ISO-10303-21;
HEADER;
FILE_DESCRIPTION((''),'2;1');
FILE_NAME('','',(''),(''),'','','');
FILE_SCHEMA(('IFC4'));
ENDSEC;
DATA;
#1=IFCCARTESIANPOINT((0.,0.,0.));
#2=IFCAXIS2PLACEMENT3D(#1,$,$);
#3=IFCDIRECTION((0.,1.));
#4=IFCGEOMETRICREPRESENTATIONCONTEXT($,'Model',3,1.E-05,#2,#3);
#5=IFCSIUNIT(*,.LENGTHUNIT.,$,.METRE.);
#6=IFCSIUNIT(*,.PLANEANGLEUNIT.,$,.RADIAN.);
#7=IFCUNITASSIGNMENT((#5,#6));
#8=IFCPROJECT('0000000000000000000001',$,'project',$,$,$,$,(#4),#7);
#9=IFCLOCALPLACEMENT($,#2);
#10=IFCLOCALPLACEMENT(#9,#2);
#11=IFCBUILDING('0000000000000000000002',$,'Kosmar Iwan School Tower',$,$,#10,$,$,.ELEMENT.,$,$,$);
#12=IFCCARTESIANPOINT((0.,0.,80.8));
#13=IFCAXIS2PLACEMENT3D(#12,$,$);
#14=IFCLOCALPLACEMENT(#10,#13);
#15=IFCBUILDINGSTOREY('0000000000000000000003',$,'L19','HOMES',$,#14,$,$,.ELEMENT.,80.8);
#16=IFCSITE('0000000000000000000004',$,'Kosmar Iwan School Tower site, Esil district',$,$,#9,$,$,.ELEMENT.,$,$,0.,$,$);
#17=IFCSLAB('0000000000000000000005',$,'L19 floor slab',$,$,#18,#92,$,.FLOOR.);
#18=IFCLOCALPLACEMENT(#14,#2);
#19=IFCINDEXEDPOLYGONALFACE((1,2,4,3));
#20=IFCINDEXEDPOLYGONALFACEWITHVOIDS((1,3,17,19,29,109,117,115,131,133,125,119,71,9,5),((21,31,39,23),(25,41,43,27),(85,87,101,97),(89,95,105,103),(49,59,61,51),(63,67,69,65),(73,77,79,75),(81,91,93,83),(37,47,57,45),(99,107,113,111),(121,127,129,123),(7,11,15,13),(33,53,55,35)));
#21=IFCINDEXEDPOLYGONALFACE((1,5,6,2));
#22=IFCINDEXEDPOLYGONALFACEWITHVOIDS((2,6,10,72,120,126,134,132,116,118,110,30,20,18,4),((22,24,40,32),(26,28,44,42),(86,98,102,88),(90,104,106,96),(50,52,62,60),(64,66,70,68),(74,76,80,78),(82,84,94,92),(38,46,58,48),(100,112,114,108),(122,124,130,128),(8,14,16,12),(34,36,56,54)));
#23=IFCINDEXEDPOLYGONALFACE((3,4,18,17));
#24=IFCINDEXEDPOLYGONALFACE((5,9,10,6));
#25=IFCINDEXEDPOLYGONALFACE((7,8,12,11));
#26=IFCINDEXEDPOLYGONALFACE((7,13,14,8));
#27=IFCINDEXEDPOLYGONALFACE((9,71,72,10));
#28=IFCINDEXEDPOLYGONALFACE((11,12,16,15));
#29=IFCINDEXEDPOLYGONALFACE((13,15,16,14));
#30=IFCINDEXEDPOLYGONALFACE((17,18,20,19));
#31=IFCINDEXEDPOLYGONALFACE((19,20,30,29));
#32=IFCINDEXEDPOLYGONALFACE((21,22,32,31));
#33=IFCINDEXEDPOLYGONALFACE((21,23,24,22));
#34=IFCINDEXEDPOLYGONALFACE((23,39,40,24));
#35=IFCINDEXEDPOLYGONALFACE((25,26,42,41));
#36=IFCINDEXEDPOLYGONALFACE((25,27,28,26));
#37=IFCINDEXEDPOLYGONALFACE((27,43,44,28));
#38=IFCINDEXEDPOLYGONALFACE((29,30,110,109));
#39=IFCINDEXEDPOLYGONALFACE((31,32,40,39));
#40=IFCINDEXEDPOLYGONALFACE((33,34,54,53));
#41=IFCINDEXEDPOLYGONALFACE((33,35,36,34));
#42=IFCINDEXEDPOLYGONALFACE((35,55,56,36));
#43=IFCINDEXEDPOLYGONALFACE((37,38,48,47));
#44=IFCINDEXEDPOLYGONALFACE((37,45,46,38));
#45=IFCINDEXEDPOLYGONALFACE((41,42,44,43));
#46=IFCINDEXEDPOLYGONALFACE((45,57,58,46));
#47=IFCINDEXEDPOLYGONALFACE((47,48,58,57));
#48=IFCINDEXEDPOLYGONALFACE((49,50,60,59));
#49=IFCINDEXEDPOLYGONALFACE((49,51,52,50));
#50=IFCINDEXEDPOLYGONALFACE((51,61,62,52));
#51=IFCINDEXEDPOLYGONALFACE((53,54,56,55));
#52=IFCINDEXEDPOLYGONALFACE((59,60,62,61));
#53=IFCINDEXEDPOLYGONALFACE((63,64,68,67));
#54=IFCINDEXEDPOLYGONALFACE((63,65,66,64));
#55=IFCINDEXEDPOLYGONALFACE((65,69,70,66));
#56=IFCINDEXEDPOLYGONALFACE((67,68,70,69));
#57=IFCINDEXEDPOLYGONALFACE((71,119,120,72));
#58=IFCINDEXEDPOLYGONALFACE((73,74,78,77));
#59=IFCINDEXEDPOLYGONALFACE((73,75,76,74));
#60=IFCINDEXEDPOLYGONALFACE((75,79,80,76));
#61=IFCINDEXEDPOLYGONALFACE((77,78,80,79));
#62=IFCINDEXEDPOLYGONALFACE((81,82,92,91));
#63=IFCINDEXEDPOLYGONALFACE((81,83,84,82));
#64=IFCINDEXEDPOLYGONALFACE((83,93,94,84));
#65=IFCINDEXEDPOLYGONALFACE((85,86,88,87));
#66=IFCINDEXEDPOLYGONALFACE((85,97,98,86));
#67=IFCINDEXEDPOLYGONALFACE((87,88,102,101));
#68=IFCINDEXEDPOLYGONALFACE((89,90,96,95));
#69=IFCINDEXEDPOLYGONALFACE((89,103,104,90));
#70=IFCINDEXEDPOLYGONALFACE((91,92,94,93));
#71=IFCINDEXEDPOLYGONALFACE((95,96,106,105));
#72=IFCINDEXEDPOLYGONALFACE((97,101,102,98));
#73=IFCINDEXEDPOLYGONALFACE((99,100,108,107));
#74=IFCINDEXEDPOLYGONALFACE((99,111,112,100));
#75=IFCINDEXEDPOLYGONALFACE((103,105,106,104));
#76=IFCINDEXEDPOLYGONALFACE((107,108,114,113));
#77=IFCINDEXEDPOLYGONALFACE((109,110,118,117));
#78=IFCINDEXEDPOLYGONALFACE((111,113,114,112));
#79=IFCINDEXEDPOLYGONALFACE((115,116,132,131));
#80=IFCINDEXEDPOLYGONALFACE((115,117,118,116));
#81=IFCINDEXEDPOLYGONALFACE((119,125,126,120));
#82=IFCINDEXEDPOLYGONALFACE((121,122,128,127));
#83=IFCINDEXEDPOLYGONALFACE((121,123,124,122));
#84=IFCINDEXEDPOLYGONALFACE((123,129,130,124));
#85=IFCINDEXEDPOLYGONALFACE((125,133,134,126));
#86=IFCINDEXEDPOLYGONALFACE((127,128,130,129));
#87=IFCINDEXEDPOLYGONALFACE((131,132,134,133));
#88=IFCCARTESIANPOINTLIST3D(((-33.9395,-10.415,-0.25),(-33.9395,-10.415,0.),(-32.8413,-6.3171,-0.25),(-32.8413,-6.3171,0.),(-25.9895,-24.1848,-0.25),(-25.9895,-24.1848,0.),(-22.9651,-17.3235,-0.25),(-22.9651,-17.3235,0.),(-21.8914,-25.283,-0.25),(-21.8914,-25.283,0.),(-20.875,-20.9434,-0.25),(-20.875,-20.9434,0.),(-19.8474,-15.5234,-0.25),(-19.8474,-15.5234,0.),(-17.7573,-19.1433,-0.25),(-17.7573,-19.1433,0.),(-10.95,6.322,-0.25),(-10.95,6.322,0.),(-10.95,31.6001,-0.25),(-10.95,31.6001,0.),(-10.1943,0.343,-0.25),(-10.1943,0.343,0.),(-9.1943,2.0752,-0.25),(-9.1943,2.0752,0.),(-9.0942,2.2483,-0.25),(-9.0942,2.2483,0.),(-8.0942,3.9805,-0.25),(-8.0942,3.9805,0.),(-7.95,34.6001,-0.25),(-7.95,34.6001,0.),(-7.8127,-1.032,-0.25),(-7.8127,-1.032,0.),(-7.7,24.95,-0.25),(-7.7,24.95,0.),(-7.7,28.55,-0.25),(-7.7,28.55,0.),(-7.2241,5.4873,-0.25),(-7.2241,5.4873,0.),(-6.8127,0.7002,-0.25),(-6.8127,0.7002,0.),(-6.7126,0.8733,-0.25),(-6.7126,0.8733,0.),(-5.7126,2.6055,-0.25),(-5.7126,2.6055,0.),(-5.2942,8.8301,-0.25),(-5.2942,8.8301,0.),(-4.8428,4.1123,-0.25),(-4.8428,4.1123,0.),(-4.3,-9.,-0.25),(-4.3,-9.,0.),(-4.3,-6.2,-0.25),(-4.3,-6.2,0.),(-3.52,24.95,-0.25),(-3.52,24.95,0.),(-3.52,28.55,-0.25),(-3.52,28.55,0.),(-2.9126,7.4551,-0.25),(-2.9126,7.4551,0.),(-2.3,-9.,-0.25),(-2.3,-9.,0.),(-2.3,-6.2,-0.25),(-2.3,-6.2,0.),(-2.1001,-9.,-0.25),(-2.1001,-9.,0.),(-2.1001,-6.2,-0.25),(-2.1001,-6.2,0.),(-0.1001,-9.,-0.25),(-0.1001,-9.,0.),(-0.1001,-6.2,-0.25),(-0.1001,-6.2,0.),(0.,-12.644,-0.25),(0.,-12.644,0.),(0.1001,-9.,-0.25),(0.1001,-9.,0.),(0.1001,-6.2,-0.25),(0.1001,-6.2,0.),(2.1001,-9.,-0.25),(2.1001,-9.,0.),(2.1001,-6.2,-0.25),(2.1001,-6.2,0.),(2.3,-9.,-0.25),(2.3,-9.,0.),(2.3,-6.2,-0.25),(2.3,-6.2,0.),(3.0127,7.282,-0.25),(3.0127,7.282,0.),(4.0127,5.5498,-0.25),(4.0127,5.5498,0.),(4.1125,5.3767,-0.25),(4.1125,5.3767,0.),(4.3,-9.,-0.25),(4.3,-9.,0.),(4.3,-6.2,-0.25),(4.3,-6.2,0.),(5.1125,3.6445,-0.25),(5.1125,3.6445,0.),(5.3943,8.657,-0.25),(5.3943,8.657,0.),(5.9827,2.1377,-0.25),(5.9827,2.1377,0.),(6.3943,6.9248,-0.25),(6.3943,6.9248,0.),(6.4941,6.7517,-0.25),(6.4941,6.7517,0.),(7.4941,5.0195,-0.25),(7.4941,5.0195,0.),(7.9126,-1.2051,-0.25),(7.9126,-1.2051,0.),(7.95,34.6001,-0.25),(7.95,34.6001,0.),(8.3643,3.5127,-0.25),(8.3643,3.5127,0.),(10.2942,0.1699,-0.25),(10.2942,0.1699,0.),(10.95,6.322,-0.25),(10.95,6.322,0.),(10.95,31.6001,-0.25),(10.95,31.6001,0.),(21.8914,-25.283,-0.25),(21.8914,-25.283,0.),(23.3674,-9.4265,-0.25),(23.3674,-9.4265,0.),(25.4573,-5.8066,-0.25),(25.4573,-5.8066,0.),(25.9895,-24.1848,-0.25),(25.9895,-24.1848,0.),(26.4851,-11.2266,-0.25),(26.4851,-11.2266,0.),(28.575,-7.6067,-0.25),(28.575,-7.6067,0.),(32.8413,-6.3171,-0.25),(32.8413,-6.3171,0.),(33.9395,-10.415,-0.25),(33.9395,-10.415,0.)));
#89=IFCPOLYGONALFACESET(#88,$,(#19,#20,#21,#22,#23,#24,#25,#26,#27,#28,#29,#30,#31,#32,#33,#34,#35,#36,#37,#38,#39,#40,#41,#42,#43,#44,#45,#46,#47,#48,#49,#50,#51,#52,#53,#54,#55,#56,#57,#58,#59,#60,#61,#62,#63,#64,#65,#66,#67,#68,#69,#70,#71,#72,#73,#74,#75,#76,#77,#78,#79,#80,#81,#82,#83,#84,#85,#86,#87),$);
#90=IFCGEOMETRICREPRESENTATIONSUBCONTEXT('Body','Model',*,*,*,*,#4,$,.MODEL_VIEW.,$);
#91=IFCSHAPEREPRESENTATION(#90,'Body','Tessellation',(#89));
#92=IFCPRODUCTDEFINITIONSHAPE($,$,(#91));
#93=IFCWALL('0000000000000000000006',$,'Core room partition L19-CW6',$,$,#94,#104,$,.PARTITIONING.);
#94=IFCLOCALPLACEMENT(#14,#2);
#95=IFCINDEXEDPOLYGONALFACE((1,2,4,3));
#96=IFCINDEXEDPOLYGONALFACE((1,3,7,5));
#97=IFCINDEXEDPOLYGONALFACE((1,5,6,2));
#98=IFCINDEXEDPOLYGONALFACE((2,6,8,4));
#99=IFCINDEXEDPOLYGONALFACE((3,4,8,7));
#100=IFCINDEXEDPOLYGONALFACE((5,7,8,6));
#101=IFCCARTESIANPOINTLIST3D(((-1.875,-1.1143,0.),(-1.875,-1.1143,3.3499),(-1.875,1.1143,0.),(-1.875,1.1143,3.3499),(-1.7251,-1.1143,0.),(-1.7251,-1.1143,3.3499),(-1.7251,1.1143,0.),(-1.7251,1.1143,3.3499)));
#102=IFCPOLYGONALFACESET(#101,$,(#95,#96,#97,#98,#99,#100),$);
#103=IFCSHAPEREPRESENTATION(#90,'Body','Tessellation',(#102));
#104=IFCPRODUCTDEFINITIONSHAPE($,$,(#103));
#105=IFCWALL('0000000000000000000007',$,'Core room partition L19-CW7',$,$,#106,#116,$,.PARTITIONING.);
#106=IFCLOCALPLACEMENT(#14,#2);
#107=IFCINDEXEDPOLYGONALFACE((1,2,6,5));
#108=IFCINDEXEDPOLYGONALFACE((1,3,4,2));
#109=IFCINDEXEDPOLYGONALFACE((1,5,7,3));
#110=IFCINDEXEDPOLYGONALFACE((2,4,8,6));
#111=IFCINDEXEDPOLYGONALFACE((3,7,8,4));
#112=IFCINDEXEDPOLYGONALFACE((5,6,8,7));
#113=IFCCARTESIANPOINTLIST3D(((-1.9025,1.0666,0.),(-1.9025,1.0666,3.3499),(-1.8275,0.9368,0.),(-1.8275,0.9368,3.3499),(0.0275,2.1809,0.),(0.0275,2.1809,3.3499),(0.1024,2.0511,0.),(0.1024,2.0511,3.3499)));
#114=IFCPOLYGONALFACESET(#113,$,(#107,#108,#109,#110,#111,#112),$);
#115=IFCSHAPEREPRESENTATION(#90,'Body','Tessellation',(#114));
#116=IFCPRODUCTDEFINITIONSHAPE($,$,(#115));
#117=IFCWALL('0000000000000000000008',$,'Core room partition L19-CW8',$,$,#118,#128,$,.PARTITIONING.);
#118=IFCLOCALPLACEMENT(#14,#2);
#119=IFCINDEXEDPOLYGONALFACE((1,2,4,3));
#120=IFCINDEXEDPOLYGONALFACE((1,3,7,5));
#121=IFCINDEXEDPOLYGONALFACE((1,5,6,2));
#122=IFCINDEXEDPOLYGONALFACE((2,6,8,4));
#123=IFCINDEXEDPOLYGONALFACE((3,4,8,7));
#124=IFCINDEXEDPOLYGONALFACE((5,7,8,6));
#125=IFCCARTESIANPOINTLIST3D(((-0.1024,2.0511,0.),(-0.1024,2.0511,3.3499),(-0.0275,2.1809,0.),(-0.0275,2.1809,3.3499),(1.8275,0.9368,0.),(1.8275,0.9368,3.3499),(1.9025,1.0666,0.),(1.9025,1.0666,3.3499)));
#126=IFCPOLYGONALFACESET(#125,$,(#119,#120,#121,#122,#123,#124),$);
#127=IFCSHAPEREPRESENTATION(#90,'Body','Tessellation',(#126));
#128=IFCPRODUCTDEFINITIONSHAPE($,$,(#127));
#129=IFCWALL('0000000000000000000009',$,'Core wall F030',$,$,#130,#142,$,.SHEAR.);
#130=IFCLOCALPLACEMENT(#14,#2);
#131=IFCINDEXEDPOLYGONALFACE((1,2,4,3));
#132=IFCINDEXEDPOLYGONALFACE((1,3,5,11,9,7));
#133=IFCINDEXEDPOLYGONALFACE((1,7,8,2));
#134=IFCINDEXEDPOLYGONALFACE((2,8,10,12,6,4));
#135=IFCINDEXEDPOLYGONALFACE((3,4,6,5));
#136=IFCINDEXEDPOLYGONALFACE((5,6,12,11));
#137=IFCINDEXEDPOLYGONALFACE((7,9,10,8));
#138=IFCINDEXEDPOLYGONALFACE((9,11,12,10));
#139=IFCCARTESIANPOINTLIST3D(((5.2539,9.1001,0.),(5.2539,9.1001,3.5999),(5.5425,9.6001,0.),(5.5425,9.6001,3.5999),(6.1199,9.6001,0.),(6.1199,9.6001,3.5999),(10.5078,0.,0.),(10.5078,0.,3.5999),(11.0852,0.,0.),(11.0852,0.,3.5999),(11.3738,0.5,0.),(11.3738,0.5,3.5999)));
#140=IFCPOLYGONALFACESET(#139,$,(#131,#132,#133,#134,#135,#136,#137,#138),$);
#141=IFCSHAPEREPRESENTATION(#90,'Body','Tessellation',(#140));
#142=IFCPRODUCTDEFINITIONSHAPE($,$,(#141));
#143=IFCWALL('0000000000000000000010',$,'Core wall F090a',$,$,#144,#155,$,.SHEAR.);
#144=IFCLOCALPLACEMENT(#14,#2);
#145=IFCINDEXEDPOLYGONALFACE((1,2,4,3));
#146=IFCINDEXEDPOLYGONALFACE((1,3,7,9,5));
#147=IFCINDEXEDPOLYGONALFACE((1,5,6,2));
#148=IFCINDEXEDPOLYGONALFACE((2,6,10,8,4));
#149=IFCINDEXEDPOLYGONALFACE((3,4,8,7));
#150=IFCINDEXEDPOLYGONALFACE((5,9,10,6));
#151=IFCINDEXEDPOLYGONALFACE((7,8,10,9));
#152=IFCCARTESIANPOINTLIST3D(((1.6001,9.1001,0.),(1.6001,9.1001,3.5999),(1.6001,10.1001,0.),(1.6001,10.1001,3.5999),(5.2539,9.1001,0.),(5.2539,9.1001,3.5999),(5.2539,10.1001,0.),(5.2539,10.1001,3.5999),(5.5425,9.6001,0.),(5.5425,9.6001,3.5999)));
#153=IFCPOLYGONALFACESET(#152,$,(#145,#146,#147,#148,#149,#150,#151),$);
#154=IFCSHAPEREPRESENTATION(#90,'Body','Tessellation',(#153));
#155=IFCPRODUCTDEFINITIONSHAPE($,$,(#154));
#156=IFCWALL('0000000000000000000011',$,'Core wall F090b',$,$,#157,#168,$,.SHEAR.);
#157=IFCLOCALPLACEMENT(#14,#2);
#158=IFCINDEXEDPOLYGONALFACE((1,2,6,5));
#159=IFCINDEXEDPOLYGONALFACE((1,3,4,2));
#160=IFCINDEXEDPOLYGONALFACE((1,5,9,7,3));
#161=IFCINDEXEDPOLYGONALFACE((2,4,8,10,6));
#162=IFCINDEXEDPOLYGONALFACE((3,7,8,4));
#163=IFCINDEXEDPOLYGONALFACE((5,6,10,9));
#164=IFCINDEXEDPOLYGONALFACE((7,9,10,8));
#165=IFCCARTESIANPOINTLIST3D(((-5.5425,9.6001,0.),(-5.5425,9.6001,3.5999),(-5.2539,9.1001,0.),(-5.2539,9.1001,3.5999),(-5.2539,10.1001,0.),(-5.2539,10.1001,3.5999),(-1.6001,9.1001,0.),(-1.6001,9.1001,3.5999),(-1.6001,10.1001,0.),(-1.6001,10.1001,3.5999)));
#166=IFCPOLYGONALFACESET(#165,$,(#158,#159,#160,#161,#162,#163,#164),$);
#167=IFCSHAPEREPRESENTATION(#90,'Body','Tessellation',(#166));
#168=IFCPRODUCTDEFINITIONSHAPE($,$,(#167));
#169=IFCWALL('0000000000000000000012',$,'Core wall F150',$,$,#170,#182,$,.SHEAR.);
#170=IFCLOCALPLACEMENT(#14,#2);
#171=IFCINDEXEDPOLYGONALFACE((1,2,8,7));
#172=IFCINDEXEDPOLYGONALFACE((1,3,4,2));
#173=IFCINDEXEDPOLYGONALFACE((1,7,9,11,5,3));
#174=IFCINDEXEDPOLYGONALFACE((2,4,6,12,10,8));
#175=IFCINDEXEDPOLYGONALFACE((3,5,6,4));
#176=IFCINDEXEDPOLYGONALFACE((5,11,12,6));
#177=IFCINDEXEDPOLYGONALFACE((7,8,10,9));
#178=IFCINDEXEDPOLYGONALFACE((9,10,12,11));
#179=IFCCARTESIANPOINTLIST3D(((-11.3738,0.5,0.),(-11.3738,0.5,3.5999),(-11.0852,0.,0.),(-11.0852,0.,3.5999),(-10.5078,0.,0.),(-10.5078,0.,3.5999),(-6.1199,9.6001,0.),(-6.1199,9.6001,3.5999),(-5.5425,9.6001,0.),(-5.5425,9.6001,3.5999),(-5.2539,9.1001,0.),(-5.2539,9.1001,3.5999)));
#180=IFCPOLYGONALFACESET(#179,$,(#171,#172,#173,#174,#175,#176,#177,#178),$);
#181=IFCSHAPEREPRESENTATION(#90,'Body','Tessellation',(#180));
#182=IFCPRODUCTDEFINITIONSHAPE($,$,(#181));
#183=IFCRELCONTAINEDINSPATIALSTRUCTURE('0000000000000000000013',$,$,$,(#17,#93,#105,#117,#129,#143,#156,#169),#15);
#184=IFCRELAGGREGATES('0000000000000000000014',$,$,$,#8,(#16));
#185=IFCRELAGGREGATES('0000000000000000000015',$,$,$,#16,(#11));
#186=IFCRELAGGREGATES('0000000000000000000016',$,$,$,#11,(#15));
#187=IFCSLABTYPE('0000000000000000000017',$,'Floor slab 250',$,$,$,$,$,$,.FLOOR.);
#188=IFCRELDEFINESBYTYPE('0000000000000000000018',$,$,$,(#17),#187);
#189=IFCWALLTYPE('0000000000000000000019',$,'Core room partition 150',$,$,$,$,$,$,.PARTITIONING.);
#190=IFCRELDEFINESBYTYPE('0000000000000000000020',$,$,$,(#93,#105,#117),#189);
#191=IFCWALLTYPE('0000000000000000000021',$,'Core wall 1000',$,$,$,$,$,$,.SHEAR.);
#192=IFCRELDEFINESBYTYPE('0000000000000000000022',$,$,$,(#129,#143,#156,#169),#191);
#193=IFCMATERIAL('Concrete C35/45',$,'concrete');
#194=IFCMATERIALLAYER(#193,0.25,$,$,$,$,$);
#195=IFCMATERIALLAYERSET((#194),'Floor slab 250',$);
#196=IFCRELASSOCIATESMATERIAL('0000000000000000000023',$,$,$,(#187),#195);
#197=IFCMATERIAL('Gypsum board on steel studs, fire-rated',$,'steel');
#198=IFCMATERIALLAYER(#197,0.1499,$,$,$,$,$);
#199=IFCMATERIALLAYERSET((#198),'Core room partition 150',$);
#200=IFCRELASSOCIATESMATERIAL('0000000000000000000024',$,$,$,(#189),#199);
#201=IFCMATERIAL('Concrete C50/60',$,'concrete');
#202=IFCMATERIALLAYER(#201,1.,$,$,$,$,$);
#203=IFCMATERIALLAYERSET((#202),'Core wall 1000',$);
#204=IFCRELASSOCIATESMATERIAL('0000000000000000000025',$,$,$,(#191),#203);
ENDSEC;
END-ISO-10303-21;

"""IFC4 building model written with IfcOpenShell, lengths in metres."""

from ifc_helpers import new_model, si_unit, direction, frame, frame_2d, origin, place, context, subcontext, project, spatial, polyline, rectangle, outline, extrude, material, layer, layer_set, type_object, element, save


model = new_model("IFC4")

# Units and contexts
model_context = context("Model", 3, precision=1e-05, world=origin(), true_north=direction((0.0, 1.0)))
body_context = subcontext(model_context, "Body", "Model", "MODEL_VIEW")
ifc_project = project(units=[si_unit("LENGTHUNIT", "METRE"), si_unit("PLANEANGLEUNIT", "RADIAN")], contexts=[model_context])

# Site, building, storey
site_placement = place(None, origin())
site = spatial("IfcSite", under=ifc_project, at=site_placement, Name="Kosmar Iwan School Tower site, Esil district", CompositionType="ELEMENT", RefElevation=0.0)
building_placement = place(site_placement, origin())
building = spatial("IfcBuilding", under=site, at=building_placement, Name="Kosmar Iwan School Tower", CompositionType="ELEMENT")
storey_placement = place(building_placement, frame((0.0, 0.0, 80.8)))
storey = spatial("IfcBuildingStorey", under=building, at=storey_placement, Name="L19", Description="HOMES", CompositionType="ELEMENT", Elevation=80.8)

# Slab
ifc_material_1 = material(Name="Concrete C35/45", Category="concrete")
ifc_layer_1 = layer(ifc_material_1, 0.25)
ifc_layer_set_1 = layer_set([ifc_layer_1], Name="Floor slab 250")
slab_type = type_object("IfcSlabType", Name="Floor slab 250", PredefinedType="FLOOR", material=ifc_layer_set_1)
slab_placement = place(storey_placement, frame((0.0, 0.0, -0.25)))
element("IfcSlab", 1, at=slab_placement, inside=storey, type_object=slab_type, Name="L19 floor slab", PredefinedType="FLOOR", context=body_context, shape_type="SweptSolid", body=[
    extrude(outline(polyline([(-21.8914, -25.283), (0.0, -12.644), (21.8914, -25.283), (25.9895, -24.1848), (33.9395, -10.415), (32.8413, -6.3171), (10.95, 6.322), (10.95, 31.6001), (7.95, 34.6001), (-7.95, 34.6001), (-10.95, 31.6001), (-10.95, 6.322), (-32.8413, -6.3171), (-33.9395, -10.415), (-25.9895, -24.1848), (-21.8914, -25.283)]), holes=[polyline([(7.9126, -1.2051), (10.2942, 0.1699), (8.3643, 3.5127), (5.9827, 2.1377), (7.9126, -1.2051)]), polyline([(-2.9126, 7.4551), (-5.2942, 8.8301), (-7.2241, 5.4873), (-4.8428, 4.1123), (-2.9126, 7.4551)]), polyline([(-5.7126, 2.6055), (-8.0942, 3.9805), (-9.0942, 2.2483), (-6.7126, 0.8733), (-5.7126, 2.6055)]), polyline([(-6.8127, 0.7002), (-9.1943, 2.0752), (-10.1943, 0.343), (-7.8127, -1.032), (-6.8127, 0.7002)]), polyline([(5.1125, 3.6445), (7.4941, 5.0195), (6.4941, 6.7517), (4.1125, 5.3767), (5.1125, 3.6445)]), polyline([(4.0127, 5.5498), (6.3943, 6.9248), (5.3943, 8.657), (3.0127, 7.282), (4.0127, 5.5498)]), polyline([(-4.3, -6.2), (-4.3, -9.0), (-2.3, -9.0), (-2.3, -6.2), (-4.3, -6.2)]), polyline([(-2.1001, -6.2), (-2.1001, -9.0), (-0.1001, -9.0), (-0.1001, -6.2), (-2.1001, -6.2)]), polyline([(0.1001, -6.2), (0.1001, -9.0), (2.1001, -9.0), (2.1001, -6.2), (0.1001, -6.2)]), polyline([(2.3, -6.2), (2.3, -9.0), (4.3, -9.0), (4.3, -6.2), (2.3, -6.2)]), polyline([(-3.52, 24.95), (-3.52, 28.55), (-7.7, 28.55), (-7.7, 24.95), (-3.52, 24.95)]), polyline([(-19.8474, -15.5234), (-22.9651, -17.3235), (-20.875, -20.9434), (-17.7573, -19.1433), (-19.8474, -15.5234)]), polyline([(23.3674, -9.4265), (26.4851, -11.2266), (28.575, -7.6067), (25.4573, -5.8066), (23.3674, -9.4265)])]), origin(), (0.0, 0.0, 1.0), 0.25),
])

# Walls
ifc_material_2 = material(Name="Gypsum board on steel studs, fire-rated", Category="steel")
ifc_layer_2 = layer(ifc_material_2, 0.1499)
ifc_layer_set_2 = layer_set([ifc_layer_2], Name="Core room partition 150")
wall_type_1 = type_object("IfcWallType", Name="Core room partition 150", PredefinedType="PARTITIONING", material=ifc_layer_set_2)
for number, where, z_axis, x_axis, name in (
    (2, (-1.8, -1.1143, 0.0), (0.0, 0.0, 1.0), (0.0, 1.0, 0.0), "Core room partition L19-CW6"),
    (3, (-1.865, 1.0017, 0.0), (0.0, 0.0, 1.0), (0.866023, 0.500004, 0.0), "Core room partition L19-CW7"),
    (4, (-0.0649, 2.116, 0.0), (0.0, 0.0, 1.0), (0.866023, -0.500004, 0.0), "Core room partition L19-CW8"),
):
    element("IfcWall", number, at=place(storey_placement, frame(where, z_axis=z_axis, x_axis=x_axis)), inside=storey, type_object=wall_type_1, Name=name, PredefinedType="PARTITIONING", context=body_context, shape_type="SweptSolid", body=[
        extrude(rectangle(XDim=2.2285, YDim=0.1499, at=frame_2d((1.1143, 0.0))), origin(), (0.0, 0.0, 1.0), 3.3499),
    ])
ifc_material_3 = material(Name="Concrete C50/60", Category="concrete")
ifc_layer_3 = layer(ifc_material_3, 1.0)
ifc_layer_set_3 = layer_set([ifc_layer_3], Name="Core wall 1000")
wall_type_2 = type_object("IfcWallType", Name="Core wall 1000", PredefinedType="SHEAR", material=ifc_layer_set_3)
wall_1_placement = place(storey_placement, origin())
element("IfcWall", 5, at=wall_1_placement, inside=storey, type_object=wall_type_2, Name="Core wall F030", PredefinedType="SHEAR", context=body_context, shape_type="SweptSolid", body=[
    extrude(outline(polyline([(10.5078, 0.0), (11.0852, 0.0), (11.3738, 0.5), (6.1199, 9.6001), (5.5425, 9.6001), (5.2539, 9.1001), (10.5078, 0.0)])), origin(), (0.0, 0.0, 1.0), 3.5999),
])
wall_2_placement = place(storey_placement, origin())
element("IfcWall", 6, at=wall_2_placement, inside=storey, type_object=wall_type_2, Name="Core wall F090a", PredefinedType="SHEAR", context=body_context, shape_type="SweptSolid", body=[
    extrude(outline(polyline([(1.6001, 9.1001), (5.2539, 9.1001), (5.5425, 9.6001), (5.2539, 10.1001), (1.6001, 10.1001), (1.6001, 9.1001)])), origin(), (0.0, 0.0, 1.0), 3.5999),
])
wall_3_placement = place(storey_placement, origin())
element("IfcWall", 7, at=wall_3_placement, inside=storey, type_object=wall_type_2, Name="Core wall F090b", PredefinedType="SHEAR", context=body_context, shape_type="SweptSolid", body=[
    extrude(outline(polyline([(-5.2539, 9.1001), (-1.6001, 9.1001), (-1.6001, 10.1001), (-5.2539, 10.1001), (-5.5425, 9.6001), (-5.2539, 9.1001)])), origin(), (0.0, 0.0, 1.0), 3.5999),
])
wall_4_placement = place(storey_placement, origin())
element("IfcWall", 8, at=wall_4_placement, inside=storey, type_object=wall_type_2, Name="Core wall F150", PredefinedType="SHEAR", context=body_context, shape_type="SweptSolid", body=[
    extrude(outline(polyline([(-11.0852, 0.0), (-10.5078, 0.0), (-5.2539, 9.1001), (-5.5425, 9.6001), (-6.1199, 9.6001), (-11.3738, 0.5), (-11.0852, 0.0)])), origin(), (0.0, 0.0, 1.0), 3.5999),
])

save(model, "model.ifc")
